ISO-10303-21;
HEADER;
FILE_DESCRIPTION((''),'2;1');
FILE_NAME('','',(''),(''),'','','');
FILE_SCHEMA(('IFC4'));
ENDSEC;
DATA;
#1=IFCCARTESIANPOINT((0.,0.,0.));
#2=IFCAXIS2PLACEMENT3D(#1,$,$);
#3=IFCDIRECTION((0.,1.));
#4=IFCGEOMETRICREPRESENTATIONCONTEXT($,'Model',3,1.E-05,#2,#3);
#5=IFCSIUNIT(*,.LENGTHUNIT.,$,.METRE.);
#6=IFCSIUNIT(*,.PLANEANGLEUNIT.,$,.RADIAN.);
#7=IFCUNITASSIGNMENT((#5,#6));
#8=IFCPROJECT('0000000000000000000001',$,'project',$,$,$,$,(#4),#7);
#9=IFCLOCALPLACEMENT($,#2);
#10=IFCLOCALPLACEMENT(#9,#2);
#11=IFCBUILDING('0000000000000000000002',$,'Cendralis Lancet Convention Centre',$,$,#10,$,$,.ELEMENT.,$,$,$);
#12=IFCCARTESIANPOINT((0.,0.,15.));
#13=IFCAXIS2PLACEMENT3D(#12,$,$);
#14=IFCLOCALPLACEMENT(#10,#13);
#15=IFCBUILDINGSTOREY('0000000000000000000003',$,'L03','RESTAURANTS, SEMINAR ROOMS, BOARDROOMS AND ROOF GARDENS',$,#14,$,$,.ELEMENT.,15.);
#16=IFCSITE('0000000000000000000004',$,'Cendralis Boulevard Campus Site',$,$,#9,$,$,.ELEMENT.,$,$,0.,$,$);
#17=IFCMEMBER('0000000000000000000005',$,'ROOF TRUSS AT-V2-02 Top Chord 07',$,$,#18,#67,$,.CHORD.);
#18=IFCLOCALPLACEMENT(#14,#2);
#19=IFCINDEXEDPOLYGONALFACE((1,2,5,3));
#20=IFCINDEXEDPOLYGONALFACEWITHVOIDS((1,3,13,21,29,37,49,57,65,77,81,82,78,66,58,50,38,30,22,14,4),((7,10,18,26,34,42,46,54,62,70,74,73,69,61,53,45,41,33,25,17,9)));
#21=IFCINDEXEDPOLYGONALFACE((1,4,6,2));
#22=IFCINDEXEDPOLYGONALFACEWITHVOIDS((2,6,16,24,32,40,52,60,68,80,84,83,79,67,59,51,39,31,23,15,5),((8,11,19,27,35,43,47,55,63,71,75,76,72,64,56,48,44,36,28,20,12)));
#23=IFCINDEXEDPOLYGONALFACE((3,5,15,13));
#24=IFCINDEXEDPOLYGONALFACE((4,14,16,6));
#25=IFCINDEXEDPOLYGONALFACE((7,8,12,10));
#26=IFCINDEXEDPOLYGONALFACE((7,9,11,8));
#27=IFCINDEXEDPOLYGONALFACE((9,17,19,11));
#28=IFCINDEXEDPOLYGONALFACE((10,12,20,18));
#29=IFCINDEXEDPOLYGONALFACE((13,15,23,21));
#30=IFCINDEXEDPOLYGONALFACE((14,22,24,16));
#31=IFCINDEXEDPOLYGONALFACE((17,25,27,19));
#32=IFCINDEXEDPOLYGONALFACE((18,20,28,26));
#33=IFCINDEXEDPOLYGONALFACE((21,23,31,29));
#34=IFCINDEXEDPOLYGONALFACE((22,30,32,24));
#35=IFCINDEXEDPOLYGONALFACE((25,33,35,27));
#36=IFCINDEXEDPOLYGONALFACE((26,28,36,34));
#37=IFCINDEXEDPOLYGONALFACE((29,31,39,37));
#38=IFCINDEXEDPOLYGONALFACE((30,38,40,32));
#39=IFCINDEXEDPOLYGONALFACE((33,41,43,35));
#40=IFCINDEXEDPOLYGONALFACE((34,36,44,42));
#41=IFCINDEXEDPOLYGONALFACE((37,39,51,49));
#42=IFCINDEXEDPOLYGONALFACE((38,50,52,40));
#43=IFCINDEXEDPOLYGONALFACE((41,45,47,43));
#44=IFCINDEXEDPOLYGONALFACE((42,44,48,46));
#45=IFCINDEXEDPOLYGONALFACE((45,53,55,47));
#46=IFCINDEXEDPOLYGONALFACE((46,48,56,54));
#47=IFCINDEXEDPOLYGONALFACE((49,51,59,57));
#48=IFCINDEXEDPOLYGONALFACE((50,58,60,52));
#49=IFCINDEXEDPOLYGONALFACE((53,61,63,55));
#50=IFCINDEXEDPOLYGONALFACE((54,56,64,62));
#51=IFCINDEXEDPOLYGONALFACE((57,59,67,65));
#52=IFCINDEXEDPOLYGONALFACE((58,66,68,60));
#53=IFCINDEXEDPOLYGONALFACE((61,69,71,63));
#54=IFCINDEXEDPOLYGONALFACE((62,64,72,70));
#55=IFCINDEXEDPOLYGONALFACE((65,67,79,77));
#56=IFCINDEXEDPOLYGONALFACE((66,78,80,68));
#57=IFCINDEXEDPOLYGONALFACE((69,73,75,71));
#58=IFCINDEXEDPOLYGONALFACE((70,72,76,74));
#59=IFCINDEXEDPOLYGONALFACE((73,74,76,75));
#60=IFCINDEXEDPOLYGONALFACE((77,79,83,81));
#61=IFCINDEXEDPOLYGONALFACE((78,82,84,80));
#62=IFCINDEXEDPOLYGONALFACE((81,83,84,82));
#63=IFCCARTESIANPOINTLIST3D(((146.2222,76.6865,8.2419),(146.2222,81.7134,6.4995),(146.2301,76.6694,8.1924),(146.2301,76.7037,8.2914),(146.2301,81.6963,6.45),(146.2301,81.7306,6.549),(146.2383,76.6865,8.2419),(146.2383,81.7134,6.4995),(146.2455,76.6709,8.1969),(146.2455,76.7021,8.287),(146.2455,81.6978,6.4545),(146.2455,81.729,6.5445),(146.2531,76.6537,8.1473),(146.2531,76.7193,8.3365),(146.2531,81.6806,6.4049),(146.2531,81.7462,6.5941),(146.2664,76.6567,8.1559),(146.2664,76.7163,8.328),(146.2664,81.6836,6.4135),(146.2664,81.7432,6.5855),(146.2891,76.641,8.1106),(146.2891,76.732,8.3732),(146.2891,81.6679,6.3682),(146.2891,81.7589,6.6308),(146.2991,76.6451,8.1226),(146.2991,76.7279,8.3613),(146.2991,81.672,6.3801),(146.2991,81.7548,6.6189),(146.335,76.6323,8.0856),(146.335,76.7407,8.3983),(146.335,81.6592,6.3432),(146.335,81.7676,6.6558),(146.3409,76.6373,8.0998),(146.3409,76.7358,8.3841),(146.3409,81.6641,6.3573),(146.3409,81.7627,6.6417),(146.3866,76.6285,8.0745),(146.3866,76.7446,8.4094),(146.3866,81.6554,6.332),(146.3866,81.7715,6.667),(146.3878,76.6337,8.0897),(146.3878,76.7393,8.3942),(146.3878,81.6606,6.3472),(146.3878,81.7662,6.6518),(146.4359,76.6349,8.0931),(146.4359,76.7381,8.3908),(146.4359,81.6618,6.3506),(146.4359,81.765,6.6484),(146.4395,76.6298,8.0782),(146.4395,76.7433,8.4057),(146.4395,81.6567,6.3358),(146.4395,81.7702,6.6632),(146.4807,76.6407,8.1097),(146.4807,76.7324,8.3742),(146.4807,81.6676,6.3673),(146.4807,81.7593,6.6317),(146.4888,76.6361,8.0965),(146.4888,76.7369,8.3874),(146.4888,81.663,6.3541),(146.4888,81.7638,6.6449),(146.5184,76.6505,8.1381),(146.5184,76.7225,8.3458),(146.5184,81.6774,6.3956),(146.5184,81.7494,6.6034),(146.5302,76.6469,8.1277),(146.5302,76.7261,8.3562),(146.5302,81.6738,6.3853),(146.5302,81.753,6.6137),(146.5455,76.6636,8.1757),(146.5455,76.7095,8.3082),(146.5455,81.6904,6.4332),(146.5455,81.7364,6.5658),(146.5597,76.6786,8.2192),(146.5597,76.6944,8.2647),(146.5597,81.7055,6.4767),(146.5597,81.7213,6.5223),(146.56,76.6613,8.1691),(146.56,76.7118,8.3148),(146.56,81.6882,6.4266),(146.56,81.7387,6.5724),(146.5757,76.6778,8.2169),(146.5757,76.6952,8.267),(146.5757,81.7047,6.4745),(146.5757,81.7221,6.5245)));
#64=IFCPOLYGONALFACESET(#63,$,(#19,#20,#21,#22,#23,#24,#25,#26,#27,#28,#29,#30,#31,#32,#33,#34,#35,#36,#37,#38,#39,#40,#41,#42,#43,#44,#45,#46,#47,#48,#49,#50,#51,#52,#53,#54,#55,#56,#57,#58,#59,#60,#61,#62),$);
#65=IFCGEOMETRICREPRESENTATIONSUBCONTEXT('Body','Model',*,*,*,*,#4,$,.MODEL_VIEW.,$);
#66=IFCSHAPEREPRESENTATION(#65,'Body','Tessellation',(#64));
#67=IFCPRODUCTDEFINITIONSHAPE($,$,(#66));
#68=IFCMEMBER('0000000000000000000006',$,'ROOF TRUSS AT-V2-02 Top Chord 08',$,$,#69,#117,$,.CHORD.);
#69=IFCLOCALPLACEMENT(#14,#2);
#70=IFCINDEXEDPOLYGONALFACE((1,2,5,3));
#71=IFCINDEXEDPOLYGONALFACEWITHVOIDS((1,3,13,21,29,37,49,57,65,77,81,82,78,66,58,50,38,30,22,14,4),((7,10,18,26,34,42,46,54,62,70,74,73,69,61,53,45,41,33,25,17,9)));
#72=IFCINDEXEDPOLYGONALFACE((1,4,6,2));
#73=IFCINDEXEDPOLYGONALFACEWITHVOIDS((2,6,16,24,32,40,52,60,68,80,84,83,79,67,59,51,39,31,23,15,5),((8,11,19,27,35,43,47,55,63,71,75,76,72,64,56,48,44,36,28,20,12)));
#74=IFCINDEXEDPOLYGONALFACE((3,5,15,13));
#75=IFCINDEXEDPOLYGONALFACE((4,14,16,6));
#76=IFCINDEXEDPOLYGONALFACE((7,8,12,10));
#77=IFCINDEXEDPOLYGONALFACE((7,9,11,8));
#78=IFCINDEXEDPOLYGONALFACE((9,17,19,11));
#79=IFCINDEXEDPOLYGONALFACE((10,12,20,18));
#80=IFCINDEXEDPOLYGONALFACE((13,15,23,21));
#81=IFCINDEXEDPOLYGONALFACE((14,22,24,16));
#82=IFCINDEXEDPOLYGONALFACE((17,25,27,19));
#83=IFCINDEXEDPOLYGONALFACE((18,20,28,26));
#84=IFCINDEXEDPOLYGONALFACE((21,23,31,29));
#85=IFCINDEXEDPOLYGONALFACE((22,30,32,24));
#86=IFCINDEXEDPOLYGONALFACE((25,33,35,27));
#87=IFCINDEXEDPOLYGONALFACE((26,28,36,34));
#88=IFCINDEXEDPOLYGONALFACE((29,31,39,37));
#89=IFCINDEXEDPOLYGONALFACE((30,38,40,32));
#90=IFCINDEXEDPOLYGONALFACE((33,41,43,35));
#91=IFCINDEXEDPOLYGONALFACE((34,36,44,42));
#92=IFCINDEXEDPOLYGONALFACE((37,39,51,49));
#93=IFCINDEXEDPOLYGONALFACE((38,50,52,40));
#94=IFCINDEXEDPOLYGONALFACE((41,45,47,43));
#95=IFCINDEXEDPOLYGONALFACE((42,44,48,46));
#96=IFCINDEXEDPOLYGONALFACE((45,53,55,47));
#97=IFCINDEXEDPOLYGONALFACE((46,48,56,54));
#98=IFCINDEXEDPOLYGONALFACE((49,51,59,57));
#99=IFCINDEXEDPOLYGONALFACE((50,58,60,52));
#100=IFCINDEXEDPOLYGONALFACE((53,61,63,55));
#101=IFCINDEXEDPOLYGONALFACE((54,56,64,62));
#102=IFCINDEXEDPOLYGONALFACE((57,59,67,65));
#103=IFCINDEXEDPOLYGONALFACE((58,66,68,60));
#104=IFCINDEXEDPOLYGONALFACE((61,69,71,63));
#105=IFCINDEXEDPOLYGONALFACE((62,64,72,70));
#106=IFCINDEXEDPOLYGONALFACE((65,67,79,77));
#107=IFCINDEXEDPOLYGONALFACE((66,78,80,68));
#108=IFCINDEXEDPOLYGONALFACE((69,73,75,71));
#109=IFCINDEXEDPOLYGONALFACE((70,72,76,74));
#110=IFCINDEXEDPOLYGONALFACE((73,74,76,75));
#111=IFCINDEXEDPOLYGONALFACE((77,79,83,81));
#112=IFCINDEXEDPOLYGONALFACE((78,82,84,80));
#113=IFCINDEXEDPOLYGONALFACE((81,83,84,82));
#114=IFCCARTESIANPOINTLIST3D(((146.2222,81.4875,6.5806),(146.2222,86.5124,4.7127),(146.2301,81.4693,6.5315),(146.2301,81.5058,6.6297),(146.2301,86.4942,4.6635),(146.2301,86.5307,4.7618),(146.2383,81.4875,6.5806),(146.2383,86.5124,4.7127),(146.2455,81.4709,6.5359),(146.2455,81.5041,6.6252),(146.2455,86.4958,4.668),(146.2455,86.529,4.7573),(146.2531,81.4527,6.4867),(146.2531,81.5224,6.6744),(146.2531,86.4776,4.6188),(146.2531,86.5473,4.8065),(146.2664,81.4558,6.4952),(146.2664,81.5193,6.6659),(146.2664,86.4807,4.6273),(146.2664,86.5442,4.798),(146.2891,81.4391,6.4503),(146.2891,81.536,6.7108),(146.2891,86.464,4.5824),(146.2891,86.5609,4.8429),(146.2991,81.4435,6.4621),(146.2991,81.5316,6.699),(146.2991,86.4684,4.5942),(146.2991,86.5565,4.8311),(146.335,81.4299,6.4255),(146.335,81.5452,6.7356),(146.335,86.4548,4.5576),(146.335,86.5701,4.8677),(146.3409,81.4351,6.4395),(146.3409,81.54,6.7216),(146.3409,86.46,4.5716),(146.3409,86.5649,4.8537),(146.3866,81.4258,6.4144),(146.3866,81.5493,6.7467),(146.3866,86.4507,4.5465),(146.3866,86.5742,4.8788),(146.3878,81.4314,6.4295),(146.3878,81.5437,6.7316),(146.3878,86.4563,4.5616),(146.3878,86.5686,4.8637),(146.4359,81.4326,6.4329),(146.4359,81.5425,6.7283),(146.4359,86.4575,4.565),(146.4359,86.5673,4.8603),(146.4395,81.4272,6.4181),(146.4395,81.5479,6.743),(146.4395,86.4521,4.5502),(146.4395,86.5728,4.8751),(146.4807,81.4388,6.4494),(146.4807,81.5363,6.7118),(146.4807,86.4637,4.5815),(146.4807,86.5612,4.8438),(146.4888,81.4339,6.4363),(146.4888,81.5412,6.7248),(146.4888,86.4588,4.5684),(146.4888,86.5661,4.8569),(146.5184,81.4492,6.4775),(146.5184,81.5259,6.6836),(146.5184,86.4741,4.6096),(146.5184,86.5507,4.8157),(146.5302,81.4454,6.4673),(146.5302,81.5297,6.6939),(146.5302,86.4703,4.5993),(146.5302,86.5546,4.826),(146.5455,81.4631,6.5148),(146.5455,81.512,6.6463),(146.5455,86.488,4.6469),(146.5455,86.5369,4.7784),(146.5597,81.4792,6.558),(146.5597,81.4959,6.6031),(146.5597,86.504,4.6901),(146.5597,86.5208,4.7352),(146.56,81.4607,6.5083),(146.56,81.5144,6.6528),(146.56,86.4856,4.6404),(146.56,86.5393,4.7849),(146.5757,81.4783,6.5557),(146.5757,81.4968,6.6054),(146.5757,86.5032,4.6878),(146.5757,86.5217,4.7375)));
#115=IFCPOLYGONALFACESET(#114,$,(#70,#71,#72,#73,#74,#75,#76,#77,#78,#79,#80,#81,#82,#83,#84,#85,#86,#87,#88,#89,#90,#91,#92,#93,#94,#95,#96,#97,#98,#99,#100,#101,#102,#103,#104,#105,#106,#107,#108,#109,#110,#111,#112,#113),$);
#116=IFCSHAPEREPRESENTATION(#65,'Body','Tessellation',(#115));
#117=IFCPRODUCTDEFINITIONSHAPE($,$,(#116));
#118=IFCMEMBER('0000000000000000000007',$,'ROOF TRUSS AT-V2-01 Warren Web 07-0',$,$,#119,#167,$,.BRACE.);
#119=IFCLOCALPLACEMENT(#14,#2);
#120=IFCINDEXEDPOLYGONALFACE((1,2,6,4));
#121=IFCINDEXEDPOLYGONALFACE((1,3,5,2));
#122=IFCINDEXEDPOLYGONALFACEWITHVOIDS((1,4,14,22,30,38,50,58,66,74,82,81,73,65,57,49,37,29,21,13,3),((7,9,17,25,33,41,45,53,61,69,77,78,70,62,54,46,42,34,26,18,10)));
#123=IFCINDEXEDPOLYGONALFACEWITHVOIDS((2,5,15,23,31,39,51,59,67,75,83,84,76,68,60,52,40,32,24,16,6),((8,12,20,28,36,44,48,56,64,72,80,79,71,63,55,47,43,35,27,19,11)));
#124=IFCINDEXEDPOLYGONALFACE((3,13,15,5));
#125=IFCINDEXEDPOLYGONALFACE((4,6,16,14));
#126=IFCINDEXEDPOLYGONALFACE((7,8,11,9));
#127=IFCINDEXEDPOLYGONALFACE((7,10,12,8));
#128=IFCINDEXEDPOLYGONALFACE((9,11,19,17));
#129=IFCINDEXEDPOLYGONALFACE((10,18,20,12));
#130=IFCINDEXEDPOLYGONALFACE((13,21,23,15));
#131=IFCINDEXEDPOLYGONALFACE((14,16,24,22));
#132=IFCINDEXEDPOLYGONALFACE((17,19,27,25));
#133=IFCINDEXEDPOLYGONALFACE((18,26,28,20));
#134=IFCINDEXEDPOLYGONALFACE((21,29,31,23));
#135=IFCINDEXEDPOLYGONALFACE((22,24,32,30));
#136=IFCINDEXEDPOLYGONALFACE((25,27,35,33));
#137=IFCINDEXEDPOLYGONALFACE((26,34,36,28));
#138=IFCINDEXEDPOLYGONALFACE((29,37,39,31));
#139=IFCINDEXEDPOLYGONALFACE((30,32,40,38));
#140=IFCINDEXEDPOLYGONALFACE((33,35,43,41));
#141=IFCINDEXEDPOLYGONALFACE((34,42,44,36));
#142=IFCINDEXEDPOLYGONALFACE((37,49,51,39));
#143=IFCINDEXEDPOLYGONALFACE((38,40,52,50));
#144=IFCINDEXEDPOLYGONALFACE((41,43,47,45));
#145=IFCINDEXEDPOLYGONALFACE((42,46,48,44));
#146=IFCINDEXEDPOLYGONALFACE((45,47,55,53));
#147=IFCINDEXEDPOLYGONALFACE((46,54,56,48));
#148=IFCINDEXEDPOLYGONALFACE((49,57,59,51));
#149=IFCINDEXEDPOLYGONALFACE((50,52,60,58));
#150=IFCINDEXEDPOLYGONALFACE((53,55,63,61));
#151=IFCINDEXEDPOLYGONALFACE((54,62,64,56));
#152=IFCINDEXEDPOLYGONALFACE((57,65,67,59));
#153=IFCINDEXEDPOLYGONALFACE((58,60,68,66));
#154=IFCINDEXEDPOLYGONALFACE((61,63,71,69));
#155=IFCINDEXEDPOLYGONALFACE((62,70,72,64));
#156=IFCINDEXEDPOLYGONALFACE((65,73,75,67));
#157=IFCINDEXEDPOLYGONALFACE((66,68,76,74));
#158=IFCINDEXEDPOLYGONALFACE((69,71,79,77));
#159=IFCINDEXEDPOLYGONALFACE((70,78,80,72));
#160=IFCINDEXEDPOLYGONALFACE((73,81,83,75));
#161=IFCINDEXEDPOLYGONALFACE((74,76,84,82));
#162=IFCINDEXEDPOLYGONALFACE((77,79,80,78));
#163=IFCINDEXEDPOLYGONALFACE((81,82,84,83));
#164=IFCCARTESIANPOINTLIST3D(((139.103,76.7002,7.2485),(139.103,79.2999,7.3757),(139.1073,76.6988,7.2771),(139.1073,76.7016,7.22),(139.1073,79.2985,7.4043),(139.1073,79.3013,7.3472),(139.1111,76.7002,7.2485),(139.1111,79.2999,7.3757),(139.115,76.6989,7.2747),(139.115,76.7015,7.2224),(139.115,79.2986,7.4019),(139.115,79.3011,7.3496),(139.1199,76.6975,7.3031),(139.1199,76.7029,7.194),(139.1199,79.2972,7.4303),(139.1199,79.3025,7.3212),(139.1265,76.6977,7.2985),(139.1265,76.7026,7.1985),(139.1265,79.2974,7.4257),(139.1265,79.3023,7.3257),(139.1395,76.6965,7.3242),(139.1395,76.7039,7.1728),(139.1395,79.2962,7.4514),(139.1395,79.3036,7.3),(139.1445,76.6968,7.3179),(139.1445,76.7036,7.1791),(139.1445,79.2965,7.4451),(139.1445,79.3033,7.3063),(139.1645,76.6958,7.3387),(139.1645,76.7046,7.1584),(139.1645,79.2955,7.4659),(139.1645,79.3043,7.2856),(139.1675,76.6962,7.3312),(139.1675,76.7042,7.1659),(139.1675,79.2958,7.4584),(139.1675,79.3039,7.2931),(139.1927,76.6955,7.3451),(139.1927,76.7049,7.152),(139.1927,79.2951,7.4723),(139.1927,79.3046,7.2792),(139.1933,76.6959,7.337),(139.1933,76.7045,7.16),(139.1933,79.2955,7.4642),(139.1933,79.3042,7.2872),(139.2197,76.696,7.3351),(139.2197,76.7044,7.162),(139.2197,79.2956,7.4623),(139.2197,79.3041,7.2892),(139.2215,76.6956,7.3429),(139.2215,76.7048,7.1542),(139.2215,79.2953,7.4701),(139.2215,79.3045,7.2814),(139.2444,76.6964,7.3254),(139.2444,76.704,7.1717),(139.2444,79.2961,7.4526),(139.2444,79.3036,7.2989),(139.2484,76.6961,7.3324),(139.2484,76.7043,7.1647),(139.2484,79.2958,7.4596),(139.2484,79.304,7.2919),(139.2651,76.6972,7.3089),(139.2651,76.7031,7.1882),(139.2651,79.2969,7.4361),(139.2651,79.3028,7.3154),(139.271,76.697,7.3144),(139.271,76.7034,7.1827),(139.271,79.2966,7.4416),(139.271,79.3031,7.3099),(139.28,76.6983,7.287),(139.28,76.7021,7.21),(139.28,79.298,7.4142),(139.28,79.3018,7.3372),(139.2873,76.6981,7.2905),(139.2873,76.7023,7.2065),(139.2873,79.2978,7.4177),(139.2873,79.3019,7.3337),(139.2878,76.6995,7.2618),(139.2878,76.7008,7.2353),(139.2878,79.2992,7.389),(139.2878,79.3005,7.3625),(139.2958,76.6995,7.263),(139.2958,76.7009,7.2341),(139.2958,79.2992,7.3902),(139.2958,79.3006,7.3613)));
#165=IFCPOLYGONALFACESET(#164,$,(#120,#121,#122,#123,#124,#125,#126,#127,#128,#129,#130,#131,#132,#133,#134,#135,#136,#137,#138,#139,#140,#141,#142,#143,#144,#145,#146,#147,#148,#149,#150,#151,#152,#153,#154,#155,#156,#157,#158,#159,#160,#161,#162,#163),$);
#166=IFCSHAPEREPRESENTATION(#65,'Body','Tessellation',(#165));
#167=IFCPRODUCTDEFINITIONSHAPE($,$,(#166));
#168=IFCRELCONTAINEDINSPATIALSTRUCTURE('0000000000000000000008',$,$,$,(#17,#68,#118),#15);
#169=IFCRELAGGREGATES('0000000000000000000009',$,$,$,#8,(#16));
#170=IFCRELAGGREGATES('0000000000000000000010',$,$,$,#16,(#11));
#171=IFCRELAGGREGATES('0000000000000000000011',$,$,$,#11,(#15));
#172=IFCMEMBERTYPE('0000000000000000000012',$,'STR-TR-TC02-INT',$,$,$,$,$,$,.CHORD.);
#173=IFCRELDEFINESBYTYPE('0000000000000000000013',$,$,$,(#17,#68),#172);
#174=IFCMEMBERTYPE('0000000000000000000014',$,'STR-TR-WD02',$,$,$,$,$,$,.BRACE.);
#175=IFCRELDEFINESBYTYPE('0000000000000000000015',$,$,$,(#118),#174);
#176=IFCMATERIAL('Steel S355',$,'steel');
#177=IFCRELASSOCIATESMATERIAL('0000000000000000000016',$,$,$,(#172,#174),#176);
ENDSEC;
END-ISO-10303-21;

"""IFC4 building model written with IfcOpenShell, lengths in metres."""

from ifc_helpers import new_model, si_unit, direction, frame, origin, origin_2d, place, context, subcontext, project, spatial, hollow_circle, extrude, material, material_profile, profile_set, type_object, element, save


model = new_model("IFC4")

# Units and contexts
model_context = context("Model", 3, precision=1e-05, world=origin(), true_north=direction((0.0, 1.0)))
body_context = subcontext(model_context, "Body", "Model", "MODEL_VIEW")
ifc_project = project(units=[si_unit("LENGTHUNIT", "METRE"), si_unit("PLANEANGLEUNIT", "RADIAN")], contexts=[model_context])

# Site, building, storey
site_placement = place(None, origin())
site = spatial("IfcSite", under=ifc_project, at=site_placement, Name="Cendralis Boulevard Campus Site", CompositionType="ELEMENT", RefElevation=0.0)
building_placement = place(site_placement, origin())
building = spatial("IfcBuilding", under=site, at=building_placement, Name="Cendralis Lancet Convention Centre", CompositionType="ELEMENT")
storey_placement = place(building_placement, frame((0.0, 0.0, 15.0)))
storey = spatial("IfcBuildingStorey", under=building, at=storey_placement, Name="L03", Description="RESTAURANTS, SEMINAR ROOMS, BOARDROOMS AND ROOF GARDENS", CompositionType="ELEMENT", Elevation=15.0)

# Shared definitions
ifc_material_1 = material(Name="Steel S355", Category="steel")

# Members
ifc_material_profile_1 = material_profile(ifc_material_1, hollow_circle(Radius=0.1777, WallThickness=0.0161, at=origin_2d()), Name="CHS 355.6x16.0")
ifc_profile_set_1 = profile_set([ifc_material_profile_1], Name="Steel S355")
member_type_1 = type_object("IfcMemberType", Name="STR-TR-TC02-INT", PredefinedType="CHORD", material=ifc_profile_set_1)
member_1_placement = place(storey_placement, frame((146.3999, 76.6865, 8.2419), z_axis=(0.0, 0.944849, -0.327508), x_axis=(-1.0, 0.0, 0.0)))
element("IfcMember", 1, at=member_1_placement, inside=storey, type_object=member_type_1, Name="ROOF TRUSS AT-V2-02 Top Chord 07", PredefinedType="CHORD", context=body_context, shape_type="SweptSolid", body=[
    extrude(hollow_circle(Radius=0.1777, WallThickness=0.0161, at=origin_2d()), origin(), (0.0, 0.0, 1.0), 5.3203),
])
member_2_placement = place(storey_placement, frame((146.3999, 81.4875, 6.5806), z_axis=(0.0, 0.937332, -0.348437), x_axis=(-1.0, 0.0, 0.0)))
element("IfcMember", 2, at=member_2_placement, inside=storey, type_object=member_type_1, Name="ROOF TRUSS AT-V2-02 Top Chord 08", PredefinedType="CHORD", context=body_context, shape_type="SweptSolid", body=[
    extrude(hollow_circle(Radius=0.1777, WallThickness=0.0161, at=origin_2d()), origin(), (0.0, 0.0, 1.0), 5.3608),
])
ifc_material_profile_2 = material_profile(ifc_material_1, hollow_circle(Radius=0.0969, WallThickness=0.0081, at=origin_2d()), Name="CHS 193.7x8.0")
ifc_profile_set_2 = profile_set([ifc_material_profile_2], Name="Steel S355")
member_type_2 = type_object("IfcMemberType", Name="STR-TR-WD02", PredefinedType="BRACE", material=ifc_profile_set_2)
member_3_placement = place(storey_placement, frame((139.2, 76.7002, 7.2485), z_axis=(0.0, 0.998805, 0.048871), x_axis=(-1.0, 0.0, 0.0)))
element("IfcMember", 3, at=member_3_placement, inside=storey, type_object=member_type_2, Name="ROOF TRUSS AT-V2-01 Warren Web 07-0", PredefinedType="BRACE", context=body_context, shape_type="SweptSolid", body=[
    extrude(hollow_circle(Radius=0.0969, WallThickness=0.0081, at=origin_2d()), origin(), (0.0, 0.0, 1.0), 2.6028),
])

save(model, "model.ifc")
